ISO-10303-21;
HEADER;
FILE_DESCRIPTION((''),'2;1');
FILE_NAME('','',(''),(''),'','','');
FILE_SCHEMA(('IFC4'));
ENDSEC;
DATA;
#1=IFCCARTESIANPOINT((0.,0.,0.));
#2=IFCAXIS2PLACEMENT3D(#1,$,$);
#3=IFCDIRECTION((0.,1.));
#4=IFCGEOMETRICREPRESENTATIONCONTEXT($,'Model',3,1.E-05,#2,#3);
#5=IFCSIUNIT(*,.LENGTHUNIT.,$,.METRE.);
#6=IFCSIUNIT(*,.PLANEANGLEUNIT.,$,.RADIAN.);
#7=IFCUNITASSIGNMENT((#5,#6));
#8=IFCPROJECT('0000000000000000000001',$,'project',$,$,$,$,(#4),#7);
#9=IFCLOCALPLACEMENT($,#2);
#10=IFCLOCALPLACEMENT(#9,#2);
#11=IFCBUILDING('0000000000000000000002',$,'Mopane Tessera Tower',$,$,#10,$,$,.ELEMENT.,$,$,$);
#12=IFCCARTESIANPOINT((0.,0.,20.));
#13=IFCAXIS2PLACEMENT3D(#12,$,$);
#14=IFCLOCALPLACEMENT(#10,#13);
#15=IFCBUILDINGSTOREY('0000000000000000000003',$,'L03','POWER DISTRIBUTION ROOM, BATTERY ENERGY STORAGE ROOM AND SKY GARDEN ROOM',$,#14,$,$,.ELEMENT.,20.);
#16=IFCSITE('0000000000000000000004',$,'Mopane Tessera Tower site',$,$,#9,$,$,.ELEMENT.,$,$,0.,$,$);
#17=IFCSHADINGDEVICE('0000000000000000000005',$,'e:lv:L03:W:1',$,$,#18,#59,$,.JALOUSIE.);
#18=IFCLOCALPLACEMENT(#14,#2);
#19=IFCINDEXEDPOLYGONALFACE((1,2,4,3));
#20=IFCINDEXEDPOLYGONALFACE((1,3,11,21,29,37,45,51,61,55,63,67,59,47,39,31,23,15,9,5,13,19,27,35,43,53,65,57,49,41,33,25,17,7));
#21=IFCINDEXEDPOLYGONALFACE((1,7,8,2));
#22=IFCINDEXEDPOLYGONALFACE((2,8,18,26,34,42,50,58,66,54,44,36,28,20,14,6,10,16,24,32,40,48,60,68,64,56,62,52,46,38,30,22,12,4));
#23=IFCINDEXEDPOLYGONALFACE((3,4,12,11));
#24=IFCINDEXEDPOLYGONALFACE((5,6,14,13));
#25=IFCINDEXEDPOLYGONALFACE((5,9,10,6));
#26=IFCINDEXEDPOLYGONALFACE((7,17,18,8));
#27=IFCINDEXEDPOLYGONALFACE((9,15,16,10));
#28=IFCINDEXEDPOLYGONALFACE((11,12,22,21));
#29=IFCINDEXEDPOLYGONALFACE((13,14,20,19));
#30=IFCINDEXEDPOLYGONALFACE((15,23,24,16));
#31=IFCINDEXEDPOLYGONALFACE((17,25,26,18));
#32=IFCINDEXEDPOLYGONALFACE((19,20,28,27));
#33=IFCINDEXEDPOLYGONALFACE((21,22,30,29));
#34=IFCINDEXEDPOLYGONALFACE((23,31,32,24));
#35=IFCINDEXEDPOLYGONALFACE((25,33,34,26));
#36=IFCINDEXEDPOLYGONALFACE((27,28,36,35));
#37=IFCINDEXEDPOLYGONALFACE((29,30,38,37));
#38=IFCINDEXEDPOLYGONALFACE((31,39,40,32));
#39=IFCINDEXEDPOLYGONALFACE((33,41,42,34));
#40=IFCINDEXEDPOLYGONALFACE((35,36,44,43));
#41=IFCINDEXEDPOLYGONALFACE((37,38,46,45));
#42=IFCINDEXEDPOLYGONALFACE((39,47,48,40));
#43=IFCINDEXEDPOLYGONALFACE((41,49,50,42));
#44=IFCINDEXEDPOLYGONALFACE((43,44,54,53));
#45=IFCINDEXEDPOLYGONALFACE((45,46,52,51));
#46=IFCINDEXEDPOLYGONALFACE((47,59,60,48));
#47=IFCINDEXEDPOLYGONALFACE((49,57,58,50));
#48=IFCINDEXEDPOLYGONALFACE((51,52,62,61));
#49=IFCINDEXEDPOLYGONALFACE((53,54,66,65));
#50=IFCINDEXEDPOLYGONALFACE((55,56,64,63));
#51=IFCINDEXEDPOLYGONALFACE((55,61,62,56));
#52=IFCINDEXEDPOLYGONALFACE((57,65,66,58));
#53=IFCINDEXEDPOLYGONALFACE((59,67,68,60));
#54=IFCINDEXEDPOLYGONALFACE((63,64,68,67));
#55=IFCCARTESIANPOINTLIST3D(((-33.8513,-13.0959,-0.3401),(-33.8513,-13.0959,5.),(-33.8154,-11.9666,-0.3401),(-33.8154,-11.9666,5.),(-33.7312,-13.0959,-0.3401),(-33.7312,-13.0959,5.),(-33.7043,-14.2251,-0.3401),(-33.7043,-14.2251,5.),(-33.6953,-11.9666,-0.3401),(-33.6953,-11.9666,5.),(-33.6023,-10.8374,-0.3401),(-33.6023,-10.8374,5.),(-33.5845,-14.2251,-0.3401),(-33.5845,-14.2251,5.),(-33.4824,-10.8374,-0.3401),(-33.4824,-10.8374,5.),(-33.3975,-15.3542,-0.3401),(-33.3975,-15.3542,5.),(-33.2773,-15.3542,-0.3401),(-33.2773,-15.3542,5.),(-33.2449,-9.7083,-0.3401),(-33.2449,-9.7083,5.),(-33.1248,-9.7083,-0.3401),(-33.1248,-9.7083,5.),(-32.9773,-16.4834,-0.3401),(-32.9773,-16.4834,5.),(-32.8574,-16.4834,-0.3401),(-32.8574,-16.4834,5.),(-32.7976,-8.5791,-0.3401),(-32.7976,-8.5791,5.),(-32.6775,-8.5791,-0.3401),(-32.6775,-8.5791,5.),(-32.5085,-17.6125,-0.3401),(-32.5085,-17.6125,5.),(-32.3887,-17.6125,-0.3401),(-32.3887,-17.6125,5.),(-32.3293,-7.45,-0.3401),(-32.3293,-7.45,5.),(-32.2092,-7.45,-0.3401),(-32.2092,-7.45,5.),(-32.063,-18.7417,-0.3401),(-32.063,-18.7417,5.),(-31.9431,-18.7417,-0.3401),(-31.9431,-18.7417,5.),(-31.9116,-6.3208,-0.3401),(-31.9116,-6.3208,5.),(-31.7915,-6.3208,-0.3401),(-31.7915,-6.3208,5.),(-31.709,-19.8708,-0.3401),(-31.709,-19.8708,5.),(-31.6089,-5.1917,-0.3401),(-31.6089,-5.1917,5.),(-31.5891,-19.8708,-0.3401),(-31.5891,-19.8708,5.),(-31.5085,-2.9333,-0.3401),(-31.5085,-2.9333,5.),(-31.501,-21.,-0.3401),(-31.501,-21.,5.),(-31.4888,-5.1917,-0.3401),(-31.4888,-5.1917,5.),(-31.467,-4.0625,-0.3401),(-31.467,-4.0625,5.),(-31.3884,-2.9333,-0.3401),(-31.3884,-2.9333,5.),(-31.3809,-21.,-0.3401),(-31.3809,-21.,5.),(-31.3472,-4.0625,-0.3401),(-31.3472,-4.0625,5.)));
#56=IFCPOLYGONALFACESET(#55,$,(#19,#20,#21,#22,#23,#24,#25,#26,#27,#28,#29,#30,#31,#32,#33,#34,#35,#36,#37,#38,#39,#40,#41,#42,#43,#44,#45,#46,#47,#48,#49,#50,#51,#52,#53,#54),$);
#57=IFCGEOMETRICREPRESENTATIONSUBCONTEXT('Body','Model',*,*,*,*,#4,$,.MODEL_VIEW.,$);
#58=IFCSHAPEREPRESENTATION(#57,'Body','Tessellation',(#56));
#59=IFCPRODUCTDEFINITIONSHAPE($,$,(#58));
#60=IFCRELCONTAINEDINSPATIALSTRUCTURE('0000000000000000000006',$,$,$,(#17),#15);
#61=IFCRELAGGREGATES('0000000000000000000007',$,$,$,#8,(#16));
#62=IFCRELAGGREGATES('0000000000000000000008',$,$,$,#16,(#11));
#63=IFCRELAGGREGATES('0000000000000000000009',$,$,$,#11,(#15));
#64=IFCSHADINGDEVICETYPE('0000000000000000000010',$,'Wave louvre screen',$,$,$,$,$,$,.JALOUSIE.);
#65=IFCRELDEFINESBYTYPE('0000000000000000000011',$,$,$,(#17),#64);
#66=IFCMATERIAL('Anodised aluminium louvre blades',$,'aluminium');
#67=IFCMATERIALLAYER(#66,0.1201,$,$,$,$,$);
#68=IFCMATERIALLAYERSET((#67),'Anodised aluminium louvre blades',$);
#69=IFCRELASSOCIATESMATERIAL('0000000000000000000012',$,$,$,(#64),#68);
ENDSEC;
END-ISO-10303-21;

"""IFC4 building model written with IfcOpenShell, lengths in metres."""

from ifc_helpers import new_model, si_unit, direction, frame, origin, place, context, subcontext, project, spatial, polyline, outline, extrude, material, layer, layer_set, type_object, element, save


model = new_model("IFC4")

# Units and contexts
model_context = context("Model", 3, precision=1e-05, world=origin(), true_north=direction((0.0, 1.0)))
body_context = subcontext(model_context, "Body", "Model", "MODEL_VIEW")
ifc_project = project(units=[si_unit("LENGTHUNIT", "METRE"), si_unit("PLANEANGLEUNIT", "RADIAN")], contexts=[model_context])

# Site, building, storey
site_placement = place(None, origin())
site = spatial("IfcSite", under=ifc_project, at=site_placement, Name="Mopane Tessera Tower site", CompositionType="ELEMENT", RefElevation=0.0)
building_placement = place(site_placement, origin())
building = spatial("IfcBuilding", under=site, at=building_placement, Name="Mopane Tessera Tower", CompositionType="ELEMENT")
storey_placement = place(building_placement, frame((0.0, 0.0, 20.0)))
storey = spatial("IfcBuildingStorey", under=building, at=storey_placement, Name="L03", Description="POWER DISTRIBUTION ROOM, BATTERY ENERGY STORAGE ROOM AND SKY GARDEN ROOM", CompositionType="ELEMENT", Elevation=20.0)

# Shading device
ifc_material_1 = material(Name="Anodised aluminium louvre blades", Category="aluminium")
ifc_layer_1 = layer(ifc_material_1, 0.1201)
ifc_layer_set_1 = layer_set([ifc_layer_1], Name="Anodised aluminium louvre blades")
shading_device_type = type_object("IfcShadingDeviceType", Name="Wave louvre screen", PredefinedType="JALOUSIE", material=ifc_layer_set_1)
shading_device_1_placement = place(storey_placement, frame((0.0, 0.0, -0.3401)))
element("IfcShadingDevice", 1, at=shading_device_1_placement, inside=storey, type_object=shading_device_type, Name="e:lv:L03:W:1", PredefinedType="JALOUSIE", context=body_context, shape_type="SweptSolid", body=[
    extrude(outline(polyline([(-31.3884, -2.9333), (-31.3472, -4.0625), (-31.4888, -5.1917), (-31.7915, -6.3208), (-32.2092, -7.45), (-32.6775, -8.5791), (-33.1248, -9.7083), (-33.4824, -10.8374), (-33.6953, -11.9666), (-33.7312, -13.0959), (-33.5845, -14.2251), (-33.2773, -15.3542), (-32.8574, -16.4834), (-32.3887, -17.6125), (-31.9431, -18.7417), (-31.5891, -19.8708), (-31.3809, -21.0), (-31.501, -21.0), (-31.709, -19.8708), (-32.063, -18.7417), (-32.5085, -17.6125), (-32.9773, -16.4834), (-33.3975, -15.3542), (-33.7043, -14.2251), (-33.8513, -13.0959), (-33.8154, -11.9666), (-33.6023, -10.8374), (-33.2449, -9.7083), (-32.7976, -8.5791), (-32.3293, -7.45), (-31.9116, -6.3208), (-31.6089, -5.1917), (-31.467, -4.0625), (-31.5085, -2.9333), (-31.3884, -2.9333)])), origin(), (0.0, 0.0, 1.0), 5.3401),
])

save(model, "model.ifc")
